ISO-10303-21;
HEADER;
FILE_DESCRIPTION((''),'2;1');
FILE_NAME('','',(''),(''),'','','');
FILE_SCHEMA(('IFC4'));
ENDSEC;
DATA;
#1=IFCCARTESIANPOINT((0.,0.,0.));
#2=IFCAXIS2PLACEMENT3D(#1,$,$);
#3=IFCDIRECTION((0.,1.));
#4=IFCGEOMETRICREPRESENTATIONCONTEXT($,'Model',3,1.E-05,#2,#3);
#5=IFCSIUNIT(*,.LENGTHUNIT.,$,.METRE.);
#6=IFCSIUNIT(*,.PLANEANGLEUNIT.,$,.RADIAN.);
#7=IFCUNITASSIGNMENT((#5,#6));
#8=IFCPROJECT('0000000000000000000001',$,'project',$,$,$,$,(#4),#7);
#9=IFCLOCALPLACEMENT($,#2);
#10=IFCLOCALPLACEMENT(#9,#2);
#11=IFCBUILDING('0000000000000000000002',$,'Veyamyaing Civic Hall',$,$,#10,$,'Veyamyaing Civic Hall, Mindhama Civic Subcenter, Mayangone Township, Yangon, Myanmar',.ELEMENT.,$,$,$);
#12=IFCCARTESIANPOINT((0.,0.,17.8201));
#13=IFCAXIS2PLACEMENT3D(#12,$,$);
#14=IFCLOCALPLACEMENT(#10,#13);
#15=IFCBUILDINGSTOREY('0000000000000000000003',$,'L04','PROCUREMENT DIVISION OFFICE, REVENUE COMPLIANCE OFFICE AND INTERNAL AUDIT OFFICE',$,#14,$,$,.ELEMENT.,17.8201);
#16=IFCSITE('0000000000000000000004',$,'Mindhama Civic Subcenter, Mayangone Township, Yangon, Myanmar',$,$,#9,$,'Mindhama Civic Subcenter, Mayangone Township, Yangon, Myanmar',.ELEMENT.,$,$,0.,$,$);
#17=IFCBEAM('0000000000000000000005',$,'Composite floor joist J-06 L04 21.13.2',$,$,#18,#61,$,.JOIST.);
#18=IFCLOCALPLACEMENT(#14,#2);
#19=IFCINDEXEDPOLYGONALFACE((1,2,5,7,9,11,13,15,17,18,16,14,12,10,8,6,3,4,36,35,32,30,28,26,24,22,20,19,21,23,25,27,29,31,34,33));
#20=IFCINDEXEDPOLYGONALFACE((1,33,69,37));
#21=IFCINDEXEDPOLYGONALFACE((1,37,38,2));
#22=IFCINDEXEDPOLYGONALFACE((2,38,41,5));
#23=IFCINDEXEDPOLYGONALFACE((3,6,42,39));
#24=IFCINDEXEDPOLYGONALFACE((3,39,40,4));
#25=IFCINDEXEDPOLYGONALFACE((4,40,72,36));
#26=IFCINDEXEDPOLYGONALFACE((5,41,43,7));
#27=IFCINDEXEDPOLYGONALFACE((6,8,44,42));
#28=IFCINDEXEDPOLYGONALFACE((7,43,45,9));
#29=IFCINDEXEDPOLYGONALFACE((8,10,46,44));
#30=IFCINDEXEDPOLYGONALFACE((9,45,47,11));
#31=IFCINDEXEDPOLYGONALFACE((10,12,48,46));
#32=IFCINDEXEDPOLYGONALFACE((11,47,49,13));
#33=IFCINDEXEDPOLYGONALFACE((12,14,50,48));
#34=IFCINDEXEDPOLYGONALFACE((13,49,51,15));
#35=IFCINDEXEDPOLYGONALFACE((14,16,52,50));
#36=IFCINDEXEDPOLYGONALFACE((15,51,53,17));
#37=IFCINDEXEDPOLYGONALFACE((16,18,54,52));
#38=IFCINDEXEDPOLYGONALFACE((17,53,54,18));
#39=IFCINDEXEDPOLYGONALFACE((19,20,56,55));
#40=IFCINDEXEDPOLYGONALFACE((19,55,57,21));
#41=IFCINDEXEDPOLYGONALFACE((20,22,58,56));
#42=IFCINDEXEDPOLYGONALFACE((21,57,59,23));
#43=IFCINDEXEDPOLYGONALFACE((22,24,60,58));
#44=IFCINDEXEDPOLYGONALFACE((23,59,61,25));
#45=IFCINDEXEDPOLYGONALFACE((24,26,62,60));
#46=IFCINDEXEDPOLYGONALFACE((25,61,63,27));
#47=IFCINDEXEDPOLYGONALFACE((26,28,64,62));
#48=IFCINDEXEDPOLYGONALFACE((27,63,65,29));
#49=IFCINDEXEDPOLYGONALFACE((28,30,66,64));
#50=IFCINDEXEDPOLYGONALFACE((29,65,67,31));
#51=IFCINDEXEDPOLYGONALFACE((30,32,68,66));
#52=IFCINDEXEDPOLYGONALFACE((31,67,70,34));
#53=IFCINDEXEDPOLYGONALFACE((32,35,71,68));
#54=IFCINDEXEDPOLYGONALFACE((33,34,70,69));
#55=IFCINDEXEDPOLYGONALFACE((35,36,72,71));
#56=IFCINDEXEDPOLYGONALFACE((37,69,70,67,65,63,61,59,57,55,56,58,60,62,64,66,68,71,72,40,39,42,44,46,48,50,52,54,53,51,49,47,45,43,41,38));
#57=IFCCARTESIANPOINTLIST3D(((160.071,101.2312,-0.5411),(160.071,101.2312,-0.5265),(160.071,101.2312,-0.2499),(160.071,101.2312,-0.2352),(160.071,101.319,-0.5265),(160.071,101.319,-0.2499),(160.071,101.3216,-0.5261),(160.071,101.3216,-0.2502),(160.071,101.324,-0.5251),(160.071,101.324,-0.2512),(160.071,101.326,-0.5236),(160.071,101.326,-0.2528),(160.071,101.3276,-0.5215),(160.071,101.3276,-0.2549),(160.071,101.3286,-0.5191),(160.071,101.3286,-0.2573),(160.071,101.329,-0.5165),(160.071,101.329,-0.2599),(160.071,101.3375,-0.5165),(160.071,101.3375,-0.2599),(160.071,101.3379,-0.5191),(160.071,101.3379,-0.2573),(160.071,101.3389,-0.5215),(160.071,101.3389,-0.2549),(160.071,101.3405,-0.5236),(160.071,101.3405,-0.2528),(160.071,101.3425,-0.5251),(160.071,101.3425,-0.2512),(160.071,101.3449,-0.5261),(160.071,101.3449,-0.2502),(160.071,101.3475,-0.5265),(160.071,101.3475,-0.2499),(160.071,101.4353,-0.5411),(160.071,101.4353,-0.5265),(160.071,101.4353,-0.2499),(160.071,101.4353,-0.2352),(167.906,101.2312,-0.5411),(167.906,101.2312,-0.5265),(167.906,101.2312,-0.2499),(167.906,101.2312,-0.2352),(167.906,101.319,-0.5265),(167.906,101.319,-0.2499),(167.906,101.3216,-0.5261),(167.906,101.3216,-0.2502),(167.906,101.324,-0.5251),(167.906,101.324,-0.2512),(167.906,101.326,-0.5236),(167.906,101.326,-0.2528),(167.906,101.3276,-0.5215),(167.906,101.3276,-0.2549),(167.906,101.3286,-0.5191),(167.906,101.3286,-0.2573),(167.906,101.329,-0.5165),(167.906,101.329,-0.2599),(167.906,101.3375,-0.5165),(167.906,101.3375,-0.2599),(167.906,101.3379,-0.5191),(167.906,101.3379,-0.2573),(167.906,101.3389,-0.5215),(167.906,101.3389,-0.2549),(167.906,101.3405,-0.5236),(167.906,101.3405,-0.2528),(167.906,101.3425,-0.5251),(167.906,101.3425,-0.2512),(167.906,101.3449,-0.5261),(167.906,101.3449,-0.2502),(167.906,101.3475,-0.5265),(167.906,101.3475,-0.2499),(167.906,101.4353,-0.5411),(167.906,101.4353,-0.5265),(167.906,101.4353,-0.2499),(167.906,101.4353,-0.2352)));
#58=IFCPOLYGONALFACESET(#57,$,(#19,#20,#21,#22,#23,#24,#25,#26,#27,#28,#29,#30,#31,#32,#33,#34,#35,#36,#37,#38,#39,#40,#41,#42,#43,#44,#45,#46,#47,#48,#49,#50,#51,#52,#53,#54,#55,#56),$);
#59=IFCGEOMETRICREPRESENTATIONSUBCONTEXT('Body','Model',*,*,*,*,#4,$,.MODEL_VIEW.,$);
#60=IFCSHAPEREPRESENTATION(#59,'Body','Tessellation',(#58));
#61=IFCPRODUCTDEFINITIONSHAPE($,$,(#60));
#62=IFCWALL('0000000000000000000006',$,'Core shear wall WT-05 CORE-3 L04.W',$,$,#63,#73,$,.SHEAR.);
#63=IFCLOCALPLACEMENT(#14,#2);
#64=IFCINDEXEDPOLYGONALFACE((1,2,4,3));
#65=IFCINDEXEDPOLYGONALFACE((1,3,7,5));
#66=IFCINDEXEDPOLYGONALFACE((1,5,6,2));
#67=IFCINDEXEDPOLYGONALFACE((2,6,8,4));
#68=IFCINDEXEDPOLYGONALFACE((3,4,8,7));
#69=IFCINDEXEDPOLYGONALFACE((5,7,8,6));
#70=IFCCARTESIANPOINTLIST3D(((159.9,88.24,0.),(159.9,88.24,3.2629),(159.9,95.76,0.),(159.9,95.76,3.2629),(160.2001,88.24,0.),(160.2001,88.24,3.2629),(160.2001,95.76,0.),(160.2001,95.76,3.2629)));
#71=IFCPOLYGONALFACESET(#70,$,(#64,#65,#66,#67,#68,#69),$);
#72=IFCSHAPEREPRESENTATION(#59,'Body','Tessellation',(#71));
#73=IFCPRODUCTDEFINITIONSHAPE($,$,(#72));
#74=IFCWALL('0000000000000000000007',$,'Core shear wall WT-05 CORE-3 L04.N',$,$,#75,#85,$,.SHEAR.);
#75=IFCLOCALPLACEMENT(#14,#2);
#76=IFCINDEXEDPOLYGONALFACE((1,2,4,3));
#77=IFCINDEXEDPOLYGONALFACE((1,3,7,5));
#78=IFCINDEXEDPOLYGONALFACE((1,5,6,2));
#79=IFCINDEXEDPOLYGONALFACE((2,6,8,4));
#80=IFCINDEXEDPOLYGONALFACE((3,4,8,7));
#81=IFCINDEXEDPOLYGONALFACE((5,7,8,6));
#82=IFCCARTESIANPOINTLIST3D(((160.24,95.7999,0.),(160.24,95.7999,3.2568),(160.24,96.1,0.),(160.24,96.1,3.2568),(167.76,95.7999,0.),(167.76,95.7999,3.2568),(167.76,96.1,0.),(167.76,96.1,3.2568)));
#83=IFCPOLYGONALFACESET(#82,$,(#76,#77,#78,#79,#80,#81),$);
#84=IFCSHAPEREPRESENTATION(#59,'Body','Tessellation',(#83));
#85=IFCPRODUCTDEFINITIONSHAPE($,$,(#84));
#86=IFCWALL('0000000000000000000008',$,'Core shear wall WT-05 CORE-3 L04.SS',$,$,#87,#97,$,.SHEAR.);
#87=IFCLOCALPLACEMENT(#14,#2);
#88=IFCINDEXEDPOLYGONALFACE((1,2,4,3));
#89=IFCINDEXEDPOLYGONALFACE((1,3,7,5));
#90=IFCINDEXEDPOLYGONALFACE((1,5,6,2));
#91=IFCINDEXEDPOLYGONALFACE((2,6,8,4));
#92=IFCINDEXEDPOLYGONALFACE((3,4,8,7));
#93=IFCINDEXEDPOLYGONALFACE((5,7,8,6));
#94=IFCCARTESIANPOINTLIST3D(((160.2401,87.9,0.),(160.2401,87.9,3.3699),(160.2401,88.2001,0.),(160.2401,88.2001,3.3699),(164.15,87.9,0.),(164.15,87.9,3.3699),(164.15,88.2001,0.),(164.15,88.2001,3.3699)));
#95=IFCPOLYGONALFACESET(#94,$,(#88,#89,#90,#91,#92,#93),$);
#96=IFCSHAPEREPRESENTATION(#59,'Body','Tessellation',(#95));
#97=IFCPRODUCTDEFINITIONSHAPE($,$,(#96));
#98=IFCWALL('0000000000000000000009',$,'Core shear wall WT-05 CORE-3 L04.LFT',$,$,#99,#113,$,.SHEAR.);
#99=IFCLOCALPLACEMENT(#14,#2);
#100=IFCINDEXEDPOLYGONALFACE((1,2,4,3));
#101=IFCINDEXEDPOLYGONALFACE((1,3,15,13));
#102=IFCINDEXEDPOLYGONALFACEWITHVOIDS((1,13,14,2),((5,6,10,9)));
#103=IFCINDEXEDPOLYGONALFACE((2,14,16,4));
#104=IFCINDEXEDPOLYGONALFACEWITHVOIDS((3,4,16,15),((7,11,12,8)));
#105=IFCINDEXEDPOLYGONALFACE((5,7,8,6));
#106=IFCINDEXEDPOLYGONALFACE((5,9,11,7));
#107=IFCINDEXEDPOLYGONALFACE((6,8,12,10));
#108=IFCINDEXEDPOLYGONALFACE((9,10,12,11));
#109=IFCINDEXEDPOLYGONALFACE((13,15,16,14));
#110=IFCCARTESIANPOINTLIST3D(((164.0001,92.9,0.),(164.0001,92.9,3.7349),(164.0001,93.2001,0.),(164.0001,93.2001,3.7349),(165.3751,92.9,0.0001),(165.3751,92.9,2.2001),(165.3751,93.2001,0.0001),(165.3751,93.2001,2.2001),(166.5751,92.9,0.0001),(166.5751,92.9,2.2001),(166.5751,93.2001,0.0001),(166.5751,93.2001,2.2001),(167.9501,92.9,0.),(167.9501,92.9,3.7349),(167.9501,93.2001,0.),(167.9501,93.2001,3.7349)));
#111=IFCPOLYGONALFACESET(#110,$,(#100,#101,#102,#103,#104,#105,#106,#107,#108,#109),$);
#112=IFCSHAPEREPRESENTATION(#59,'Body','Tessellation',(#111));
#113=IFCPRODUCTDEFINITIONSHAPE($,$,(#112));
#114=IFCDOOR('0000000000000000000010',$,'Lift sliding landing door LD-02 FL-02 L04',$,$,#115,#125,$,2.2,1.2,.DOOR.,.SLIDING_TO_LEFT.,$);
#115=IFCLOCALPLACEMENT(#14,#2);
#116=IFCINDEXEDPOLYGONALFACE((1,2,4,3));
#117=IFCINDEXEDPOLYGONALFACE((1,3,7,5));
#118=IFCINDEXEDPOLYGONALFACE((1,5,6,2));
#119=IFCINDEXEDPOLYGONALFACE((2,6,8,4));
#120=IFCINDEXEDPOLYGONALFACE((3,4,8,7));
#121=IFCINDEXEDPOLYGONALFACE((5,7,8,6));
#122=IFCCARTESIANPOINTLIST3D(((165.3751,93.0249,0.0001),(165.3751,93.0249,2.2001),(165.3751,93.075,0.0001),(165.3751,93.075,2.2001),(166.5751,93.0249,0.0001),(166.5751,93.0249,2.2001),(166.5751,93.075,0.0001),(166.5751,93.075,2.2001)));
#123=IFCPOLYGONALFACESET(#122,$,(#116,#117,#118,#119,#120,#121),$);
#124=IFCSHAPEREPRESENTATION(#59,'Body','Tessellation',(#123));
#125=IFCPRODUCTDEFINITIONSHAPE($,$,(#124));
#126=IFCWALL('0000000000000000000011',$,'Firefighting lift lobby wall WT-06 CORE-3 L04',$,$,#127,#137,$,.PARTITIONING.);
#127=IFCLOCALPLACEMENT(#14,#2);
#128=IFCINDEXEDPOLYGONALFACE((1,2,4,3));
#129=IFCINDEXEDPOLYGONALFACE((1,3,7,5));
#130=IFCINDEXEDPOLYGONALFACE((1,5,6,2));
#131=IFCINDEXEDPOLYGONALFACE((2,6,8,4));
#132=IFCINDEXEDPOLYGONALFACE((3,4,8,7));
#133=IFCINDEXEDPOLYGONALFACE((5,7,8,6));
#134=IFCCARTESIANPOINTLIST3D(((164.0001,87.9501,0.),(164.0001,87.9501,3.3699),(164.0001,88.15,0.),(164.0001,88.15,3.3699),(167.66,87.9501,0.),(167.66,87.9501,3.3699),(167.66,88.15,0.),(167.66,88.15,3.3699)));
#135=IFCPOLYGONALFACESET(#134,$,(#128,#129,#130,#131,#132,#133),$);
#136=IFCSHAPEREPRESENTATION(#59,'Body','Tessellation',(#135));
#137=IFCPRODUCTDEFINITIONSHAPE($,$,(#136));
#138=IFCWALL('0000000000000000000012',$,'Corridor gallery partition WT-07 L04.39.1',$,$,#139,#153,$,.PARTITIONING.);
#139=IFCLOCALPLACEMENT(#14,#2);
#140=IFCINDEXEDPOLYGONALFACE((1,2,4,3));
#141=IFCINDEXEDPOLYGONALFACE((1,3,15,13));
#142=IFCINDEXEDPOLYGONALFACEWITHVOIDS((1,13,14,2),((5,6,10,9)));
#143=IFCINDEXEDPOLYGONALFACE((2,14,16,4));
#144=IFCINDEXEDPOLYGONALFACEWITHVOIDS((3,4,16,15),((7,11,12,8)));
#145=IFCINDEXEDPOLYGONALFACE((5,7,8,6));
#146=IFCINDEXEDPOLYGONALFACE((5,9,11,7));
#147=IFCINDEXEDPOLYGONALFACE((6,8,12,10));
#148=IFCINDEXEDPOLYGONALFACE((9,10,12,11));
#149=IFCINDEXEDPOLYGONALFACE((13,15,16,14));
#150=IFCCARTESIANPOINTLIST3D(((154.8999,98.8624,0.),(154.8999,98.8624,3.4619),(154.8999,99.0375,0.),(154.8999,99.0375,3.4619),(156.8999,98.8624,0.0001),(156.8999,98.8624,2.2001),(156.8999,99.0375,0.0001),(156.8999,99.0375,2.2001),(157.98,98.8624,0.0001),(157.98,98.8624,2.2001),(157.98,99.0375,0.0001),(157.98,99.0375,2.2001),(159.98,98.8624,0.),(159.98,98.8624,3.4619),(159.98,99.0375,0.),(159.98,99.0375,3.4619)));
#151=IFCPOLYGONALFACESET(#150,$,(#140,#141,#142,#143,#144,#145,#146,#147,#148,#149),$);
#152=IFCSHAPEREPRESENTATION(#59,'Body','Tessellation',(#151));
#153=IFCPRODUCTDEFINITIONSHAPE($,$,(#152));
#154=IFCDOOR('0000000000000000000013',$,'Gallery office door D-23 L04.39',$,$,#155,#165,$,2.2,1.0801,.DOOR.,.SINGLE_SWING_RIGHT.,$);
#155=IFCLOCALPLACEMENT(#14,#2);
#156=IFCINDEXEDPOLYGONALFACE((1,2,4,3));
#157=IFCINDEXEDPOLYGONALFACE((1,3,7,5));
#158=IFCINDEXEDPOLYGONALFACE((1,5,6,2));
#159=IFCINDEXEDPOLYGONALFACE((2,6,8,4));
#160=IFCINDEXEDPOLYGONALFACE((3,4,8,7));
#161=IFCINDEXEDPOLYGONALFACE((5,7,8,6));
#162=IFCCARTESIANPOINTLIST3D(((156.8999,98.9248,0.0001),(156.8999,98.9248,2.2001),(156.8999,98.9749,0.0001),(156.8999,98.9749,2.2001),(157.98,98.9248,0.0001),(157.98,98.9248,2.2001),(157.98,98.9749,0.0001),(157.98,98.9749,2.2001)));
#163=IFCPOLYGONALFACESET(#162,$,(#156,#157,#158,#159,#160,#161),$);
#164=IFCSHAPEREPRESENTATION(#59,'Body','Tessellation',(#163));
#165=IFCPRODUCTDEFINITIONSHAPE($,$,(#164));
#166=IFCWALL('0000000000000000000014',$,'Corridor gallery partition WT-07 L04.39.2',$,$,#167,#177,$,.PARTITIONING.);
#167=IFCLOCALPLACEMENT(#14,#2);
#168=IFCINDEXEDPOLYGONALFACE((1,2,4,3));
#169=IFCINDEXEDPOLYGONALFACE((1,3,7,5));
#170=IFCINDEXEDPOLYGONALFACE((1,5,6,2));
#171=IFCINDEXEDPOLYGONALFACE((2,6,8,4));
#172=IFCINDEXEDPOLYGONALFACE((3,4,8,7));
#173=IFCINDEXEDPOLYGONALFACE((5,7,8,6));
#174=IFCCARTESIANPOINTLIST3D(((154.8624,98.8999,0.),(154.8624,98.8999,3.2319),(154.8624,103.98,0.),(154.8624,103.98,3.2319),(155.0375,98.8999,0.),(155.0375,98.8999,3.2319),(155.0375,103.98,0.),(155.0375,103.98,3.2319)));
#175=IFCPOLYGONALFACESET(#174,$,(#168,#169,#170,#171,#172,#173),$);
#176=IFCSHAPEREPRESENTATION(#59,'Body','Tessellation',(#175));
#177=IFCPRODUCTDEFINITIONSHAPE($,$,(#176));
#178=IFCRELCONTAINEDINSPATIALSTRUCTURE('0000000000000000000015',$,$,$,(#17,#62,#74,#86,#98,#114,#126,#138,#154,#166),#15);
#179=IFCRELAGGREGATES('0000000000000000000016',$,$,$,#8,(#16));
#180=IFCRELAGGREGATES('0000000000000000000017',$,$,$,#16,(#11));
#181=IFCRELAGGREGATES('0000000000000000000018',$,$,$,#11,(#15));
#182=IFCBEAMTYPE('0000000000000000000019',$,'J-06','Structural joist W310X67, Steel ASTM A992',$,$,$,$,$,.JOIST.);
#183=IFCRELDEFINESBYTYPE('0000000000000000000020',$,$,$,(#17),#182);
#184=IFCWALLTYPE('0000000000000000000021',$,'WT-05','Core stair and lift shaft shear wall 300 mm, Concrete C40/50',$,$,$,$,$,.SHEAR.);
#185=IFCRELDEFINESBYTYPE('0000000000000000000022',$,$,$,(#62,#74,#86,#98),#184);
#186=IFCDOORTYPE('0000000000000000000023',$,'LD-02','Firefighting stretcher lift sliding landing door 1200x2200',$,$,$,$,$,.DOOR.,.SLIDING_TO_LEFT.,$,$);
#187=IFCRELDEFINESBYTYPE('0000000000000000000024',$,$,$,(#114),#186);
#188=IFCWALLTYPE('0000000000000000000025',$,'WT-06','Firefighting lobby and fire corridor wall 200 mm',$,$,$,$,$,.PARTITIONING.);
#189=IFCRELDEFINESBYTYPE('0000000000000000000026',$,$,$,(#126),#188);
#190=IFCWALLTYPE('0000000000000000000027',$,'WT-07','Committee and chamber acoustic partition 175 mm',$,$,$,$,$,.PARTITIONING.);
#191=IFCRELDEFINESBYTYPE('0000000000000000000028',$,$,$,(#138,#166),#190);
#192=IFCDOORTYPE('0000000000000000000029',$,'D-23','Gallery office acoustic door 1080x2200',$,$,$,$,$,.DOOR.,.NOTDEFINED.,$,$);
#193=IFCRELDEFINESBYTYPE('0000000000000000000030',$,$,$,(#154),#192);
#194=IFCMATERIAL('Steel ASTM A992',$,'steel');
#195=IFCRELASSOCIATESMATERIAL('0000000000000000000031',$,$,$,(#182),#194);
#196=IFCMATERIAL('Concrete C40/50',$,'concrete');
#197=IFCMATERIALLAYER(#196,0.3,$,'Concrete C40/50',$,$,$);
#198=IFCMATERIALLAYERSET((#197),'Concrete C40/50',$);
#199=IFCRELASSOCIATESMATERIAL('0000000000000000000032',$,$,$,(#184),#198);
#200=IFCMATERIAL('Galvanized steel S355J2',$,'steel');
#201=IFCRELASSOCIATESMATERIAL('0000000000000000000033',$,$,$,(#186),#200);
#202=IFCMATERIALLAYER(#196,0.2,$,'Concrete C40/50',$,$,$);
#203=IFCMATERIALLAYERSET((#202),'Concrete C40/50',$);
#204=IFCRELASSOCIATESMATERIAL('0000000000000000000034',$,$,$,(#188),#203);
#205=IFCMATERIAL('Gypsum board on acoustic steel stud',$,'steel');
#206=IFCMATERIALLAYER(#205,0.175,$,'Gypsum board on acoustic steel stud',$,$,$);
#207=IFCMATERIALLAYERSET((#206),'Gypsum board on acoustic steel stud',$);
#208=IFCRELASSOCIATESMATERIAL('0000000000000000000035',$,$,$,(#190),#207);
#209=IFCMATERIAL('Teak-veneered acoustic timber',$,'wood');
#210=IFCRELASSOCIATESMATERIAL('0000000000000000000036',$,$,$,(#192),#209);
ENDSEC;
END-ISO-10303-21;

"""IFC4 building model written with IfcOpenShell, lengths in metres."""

from ifc_helpers import new_model, si_unit, direction, frame, frame_2d, origin, origin_2d, place, context, subcontext, project, spatial, rectangle, i_section, extrude, material, layer, layer_set, material_profile, profile_set, type_object, element, fill, save


model = new_model("IFC4")

# Units and contexts
model_context = context("Model", 3, precision=1e-05, world=origin(), true_north=direction((0.0, 1.0)))
body_context = subcontext(model_context, "Body", "Model", "MODEL_VIEW")
ifc_project = project(units=[si_unit("LENGTHUNIT", "METRE"), si_unit("PLANEANGLEUNIT", "RADIAN")], contexts=[model_context])

# Site, building, storey
site_placement = place(None, origin())
site = spatial("IfcSite", under=ifc_project, at=site_placement, Name="Mindhama Civic Subcenter, Mayangone Township, Yangon, Myanmar", LongName="Mindhama Civic Subcenter, Mayangone Township, Yangon, Myanmar", CompositionType="ELEMENT", RefElevation=0.0)
building_placement = place(site_placement, origin())
building = spatial("IfcBuilding", under=site, at=building_placement, Name="Veyamyaing Civic Hall", LongName="Veyamyaing Civic Hall, Mindhama Civic Subcenter, Mayangone Township, Yangon, Myanmar", CompositionType="ELEMENT")
storey_placement = place(building_placement, frame((0.0, 0.0, 17.8201)))
storey = spatial("IfcBuildingStorey", under=building, at=storey_placement, Name="L04", Description="PROCUREMENT DIVISION OFFICE, REVENUE COMPLIANCE OFFICE AND INTERNAL AUDIT OFFICE", CompositionType="ELEMENT", Elevation=17.8201)

# Beam
ifc_material_1 = material(Name="Steel ASTM A992", Category="steel")
ifc_material_profile_1 = material_profile(ifc_material_1, i_section(OverallWidth=0.2041, OverallDepth=0.3059, WebThickness=0.0085, FlangeThickness=0.0146, FilletRadius=0.01, at=origin_2d()), Name="W310X67")
ifc_profile_set_1 = profile_set([ifc_material_profile_1], Name="Steel ASTM A992")
beam_type_1 = type_object("IfcBeamType", Name="J-06", Description="Structural joist W310X67, Steel ASTM A992", PredefinedType="JOIST", material=ifc_profile_set_1)
for number, where, z_axis, x_axis, name in (
    (1, (160.071, 101.3333, -0.3882), (1.0, 0.0, 0.0), (0.0, 1.0, 0.0), "Composite floor joist J-06 L04 21.13.2"),
):
    element("IfcBeam", number, at=place(storey_placement, frame(where, z_axis=z_axis, x_axis=x_axis)), inside=storey, type_object=beam_type_1, Name=name, PredefinedType="JOIST", context=body_context, shape_type="SweptSolid", body=[
        extrude(i_section(OverallWidth=0.2041, OverallDepth=0.3059, WebThickness=0.0085, FlangeThickness=0.0146, FilletRadius=0.01, at=origin_2d()), origin(), (0.0, 0.0, 1.0), 7.835),
    ])

# Walls
ifc_material_2 = material(Name="Concrete C40/50", Category="concrete")
ifc_layer_1 = layer(ifc_material_2, 0.3, Name="Concrete C40/50")
ifc_layer_set_1 = layer_set([ifc_layer_1], Name="Concrete C40/50")
wall_type_1 = type_object("IfcWallType", Name="WT-05", Description="Core stair and lift shaft shear wall 300 mm, Concrete C40/50", PredefinedType="SHEAR", material=ifc_layer_set_1)
wall_1_placement = place(storey_placement, frame((160.05, 88.24, 0.0), z_axis=(0.0, 0.0, 1.0), x_axis=(0.0, 1.0, 0.0)))
element("IfcWall", 2, at=wall_1_placement, inside=storey, type_object=wall_type_1, Name="Core shear wall WT-05 CORE-3 L04.W", PredefinedType="SHEAR", context=body_context, shape_type="SweptSolid", body=[
    extrude(rectangle(XDim=7.52, YDim=0.3, at=frame_2d((3.76, 0.0))), origin(), (0.0, 0.0, 1.0), 3.2629),
])
wall_2_placement = place(storey_placement, frame((160.24, 95.95, 0.0), z_axis=(0.0, 0.0, 1.0), x_axis=(1.0, 0.0, 0.0)))
element("IfcWall", 3, at=wall_2_placement, inside=storey, type_object=wall_type_1, Name="Core shear wall WT-05 CORE-3 L04.N", PredefinedType="SHEAR", context=body_context, shape_type="SweptSolid", body=[
    extrude(rectangle(XDim=7.52, YDim=0.3, at=frame_2d((3.76, 0.0))), origin(), (0.0, 0.0, 1.0), 3.2568),
])

# Shared definitions
ifc_material_3 = material(Name="Galvanized steel S355J2", Category="steel")

# Wall
wall_3_placement = place(storey_placement, frame((160.24, 88.05, 0.0), z_axis=(0.0, 0.0, 1.0), x_axis=(1.0, 0.0, 0.0)))
element("IfcWall", 4, at=wall_3_placement, inside=storey, type_object=wall_type_1, Name="Core shear wall WT-05 CORE-3 L04.SS", PredefinedType="SHEAR", context=body_context, shape_type="SweptSolid", body=[
    extrude(rectangle(XDim=3.9099, YDim=0.3, at=frame_2d((1.9551, 0.0))), origin(), (0.0, 0.0, 1.0), 3.3699),
])

# Wall, opening, door
wall_4_placement = place(storey_placement, frame((164.0, 93.05, 0.0), z_axis=(0.0, 0.0, 1.0), x_axis=(1.0, 0.0, 0.0)))
wall_4 = element("IfcWall", 5, at=wall_4_placement, inside=storey, type_object=wall_type_1, Name="Core shear wall WT-05 CORE-3 L04.LFT", PredefinedType="SHEAR", context=body_context, shape_type="SweptSolid", body=[
    extrude(rectangle(XDim=3.95, YDim=0.3, at=frame_2d((1.9751, 0.0))), origin(), (0.0, 0.0, 1.0), 3.7349),
])
opening_1_placement = place(wall_4_placement, frame((1.375, 0.0, 0.0)))
opening_1 = element("IfcOpeningElement", 6, at=opening_1_placement, cuts=wall_4, PredefinedType="OPENING", context=body_context, shape_type="SweptSolid", body=[
    extrude(rectangle(XDim=1.2, YDim=2.2, at=frame_2d((0.6001, 1.1001))), frame((0.0, 0.1599, 0.0), z_axis=(0.0, -1.0, 0.0), x_axis=(1.0, 0.0, 0.0)), (0.0, 0.0, 1.0), 0.3201),
])
door_type_1 = type_object("IfcDoorType", Name="LD-02", Description="Firefighting stretcher lift sliding landing door 1200x2200", OperationType="SLIDING_TO_LEFT", PredefinedType="DOOR", material=ifc_material_3)
door_1_placement = place(opening_1_placement, origin())
door_1 = element("IfcDoor", 7, at=door_1_placement, inside=storey, type_object=door_type_1, Name="Lift sliding landing door LD-02 FL-02 L04", OperationType="SLIDING_TO_LEFT", OverallHeight=2.2, OverallWidth=1.2, PredefinedType="DOOR", context=body_context, shape_type="SweptSolid", body=[
    extrude(rectangle(XDim=1.2, YDim=2.2, at=frame_2d((0.6001, 1.1001))), frame((0.0, 0.0249, 0.0), z_axis=(0.0, -1.0, 0.0), x_axis=(1.0, 0.0, 0.0)), (0.0, 0.0, 1.0), 0.05),
])
fill(opening_1, door_1)

# Wall
ifc_layer_2 = layer(ifc_material_2, 0.2, Name="Concrete C40/50")
ifc_layer_set_2 = layer_set([ifc_layer_2], Name="Concrete C40/50")
wall_type_2 = type_object("IfcWallType", Name="WT-06", Description="Firefighting lobby and fire corridor wall 200 mm", PredefinedType="PARTITIONING", material=ifc_layer_set_2)
wall_5_placement = place(storey_placement, frame((164.0, 88.05, 0.0), z_axis=(0.0, 0.0, 1.0), x_axis=(1.0, 0.0, 0.0)))
element("IfcWall", 8, at=wall_5_placement, inside=storey, type_object=wall_type_2, Name="Firefighting lift lobby wall WT-06 CORE-3 L04", PredefinedType="PARTITIONING", context=body_context, shape_type="SweptSolid", body=[
    extrude(rectangle(XDim=3.6599, YDim=0.2, at=frame_2d((1.8301, 0.0))), origin(), (0.0, 0.0, 1.0), 3.3699),
])

# Wall, opening, door
ifc_material_4 = material(Name="Gypsum board on acoustic steel stud", Category="steel")
ifc_layer_3 = layer(ifc_material_4, 0.175, Name="Gypsum board on acoustic steel stud")
ifc_layer_set_3 = layer_set([ifc_layer_3], Name="Gypsum board on acoustic steel stud")
wall_type_3 = type_object("IfcWallType", Name="WT-07", Description="Committee and chamber acoustic partition 175 mm", PredefinedType="PARTITIONING", material=ifc_layer_set_3)
wall_6_placement = place(storey_placement, frame((154.8999, 98.95, 0.0), z_axis=(0.0, 0.0, 1.0), x_axis=(1.0, 0.0, 0.0)))
wall_6 = element("IfcWall", 9, at=wall_6_placement, inside=storey, type_object=wall_type_3, Name="Corridor gallery partition WT-07 L04.39.1", PredefinedType="PARTITIONING", context=body_context, shape_type="SweptSolid", body=[
    extrude(rectangle(XDim=5.0801, YDim=0.175, at=frame_2d((2.54, 0.0))), origin(), (0.0, 0.0, 1.0), 3.4619),
])
opening_2_placement = place(wall_6_placement, frame((2.0, 0.0, 0.0)))
opening_2 = element("IfcOpeningElement", 10, at=opening_2_placement, cuts=wall_6, PredefinedType="OPENING", context=body_context, shape_type="SweptSolid", body=[
    extrude(rectangle(XDim=1.0801, YDim=2.2, at=frame_2d((0.54, 1.1001))), frame((0.0, 0.0974, 0.0), z_axis=(0.0, -1.0, 0.0), x_axis=(1.0, 0.0, 0.0)), (0.0, 0.0, 1.0), 0.1951),
])
ifc_material_5 = material(Name="Teak-veneered acoustic timber", Category="wood")
door_type_2 = type_object("IfcDoorType", Name="D-23", Description="Gallery office acoustic door 1080x2200", OperationType="NOTDEFINED", PredefinedType="DOOR", material=ifc_material_5)
door_2_placement = place(opening_2_placement, origin())
door_2 = element("IfcDoor", 11, at=door_2_placement, inside=storey, type_object=door_type_2, Name="Gallery office door D-23 L04.39", OperationType="SINGLE_SWING_RIGHT", OverallHeight=2.2, OverallWidth=1.0801, PredefinedType="DOOR", context=body_context, shape_type="SweptSolid", body=[
    extrude(rectangle(XDim=1.0801, YDim=2.2, at=frame_2d((0.54, 1.1001))), frame((0.0, 0.0249, 0.0), z_axis=(0.0, -1.0, 0.0), x_axis=(1.0, 0.0, 0.0)), (0.0, 0.0, 1.0), 0.05),
])
fill(opening_2, door_2)

# Wall
wall_7_placement = place(storey_placement, frame((154.95, 98.8999, 0.0), z_axis=(0.0, 0.0, 1.0), x_axis=(0.0, 1.0, 0.0)))
element("IfcWall", 12, at=wall_7_placement, inside=storey, type_object=wall_type_3, Name="Corridor gallery partition WT-07 L04.39.2", PredefinedType="PARTITIONING", context=body_context, shape_type="SweptSolid", body=[
    extrude(rectangle(XDim=5.0801, YDim=0.175, at=frame_2d((2.54, 0.0))), origin(), (0.0, 0.0, 1.0), 3.2319),
])

save(model, "model.ifc")
